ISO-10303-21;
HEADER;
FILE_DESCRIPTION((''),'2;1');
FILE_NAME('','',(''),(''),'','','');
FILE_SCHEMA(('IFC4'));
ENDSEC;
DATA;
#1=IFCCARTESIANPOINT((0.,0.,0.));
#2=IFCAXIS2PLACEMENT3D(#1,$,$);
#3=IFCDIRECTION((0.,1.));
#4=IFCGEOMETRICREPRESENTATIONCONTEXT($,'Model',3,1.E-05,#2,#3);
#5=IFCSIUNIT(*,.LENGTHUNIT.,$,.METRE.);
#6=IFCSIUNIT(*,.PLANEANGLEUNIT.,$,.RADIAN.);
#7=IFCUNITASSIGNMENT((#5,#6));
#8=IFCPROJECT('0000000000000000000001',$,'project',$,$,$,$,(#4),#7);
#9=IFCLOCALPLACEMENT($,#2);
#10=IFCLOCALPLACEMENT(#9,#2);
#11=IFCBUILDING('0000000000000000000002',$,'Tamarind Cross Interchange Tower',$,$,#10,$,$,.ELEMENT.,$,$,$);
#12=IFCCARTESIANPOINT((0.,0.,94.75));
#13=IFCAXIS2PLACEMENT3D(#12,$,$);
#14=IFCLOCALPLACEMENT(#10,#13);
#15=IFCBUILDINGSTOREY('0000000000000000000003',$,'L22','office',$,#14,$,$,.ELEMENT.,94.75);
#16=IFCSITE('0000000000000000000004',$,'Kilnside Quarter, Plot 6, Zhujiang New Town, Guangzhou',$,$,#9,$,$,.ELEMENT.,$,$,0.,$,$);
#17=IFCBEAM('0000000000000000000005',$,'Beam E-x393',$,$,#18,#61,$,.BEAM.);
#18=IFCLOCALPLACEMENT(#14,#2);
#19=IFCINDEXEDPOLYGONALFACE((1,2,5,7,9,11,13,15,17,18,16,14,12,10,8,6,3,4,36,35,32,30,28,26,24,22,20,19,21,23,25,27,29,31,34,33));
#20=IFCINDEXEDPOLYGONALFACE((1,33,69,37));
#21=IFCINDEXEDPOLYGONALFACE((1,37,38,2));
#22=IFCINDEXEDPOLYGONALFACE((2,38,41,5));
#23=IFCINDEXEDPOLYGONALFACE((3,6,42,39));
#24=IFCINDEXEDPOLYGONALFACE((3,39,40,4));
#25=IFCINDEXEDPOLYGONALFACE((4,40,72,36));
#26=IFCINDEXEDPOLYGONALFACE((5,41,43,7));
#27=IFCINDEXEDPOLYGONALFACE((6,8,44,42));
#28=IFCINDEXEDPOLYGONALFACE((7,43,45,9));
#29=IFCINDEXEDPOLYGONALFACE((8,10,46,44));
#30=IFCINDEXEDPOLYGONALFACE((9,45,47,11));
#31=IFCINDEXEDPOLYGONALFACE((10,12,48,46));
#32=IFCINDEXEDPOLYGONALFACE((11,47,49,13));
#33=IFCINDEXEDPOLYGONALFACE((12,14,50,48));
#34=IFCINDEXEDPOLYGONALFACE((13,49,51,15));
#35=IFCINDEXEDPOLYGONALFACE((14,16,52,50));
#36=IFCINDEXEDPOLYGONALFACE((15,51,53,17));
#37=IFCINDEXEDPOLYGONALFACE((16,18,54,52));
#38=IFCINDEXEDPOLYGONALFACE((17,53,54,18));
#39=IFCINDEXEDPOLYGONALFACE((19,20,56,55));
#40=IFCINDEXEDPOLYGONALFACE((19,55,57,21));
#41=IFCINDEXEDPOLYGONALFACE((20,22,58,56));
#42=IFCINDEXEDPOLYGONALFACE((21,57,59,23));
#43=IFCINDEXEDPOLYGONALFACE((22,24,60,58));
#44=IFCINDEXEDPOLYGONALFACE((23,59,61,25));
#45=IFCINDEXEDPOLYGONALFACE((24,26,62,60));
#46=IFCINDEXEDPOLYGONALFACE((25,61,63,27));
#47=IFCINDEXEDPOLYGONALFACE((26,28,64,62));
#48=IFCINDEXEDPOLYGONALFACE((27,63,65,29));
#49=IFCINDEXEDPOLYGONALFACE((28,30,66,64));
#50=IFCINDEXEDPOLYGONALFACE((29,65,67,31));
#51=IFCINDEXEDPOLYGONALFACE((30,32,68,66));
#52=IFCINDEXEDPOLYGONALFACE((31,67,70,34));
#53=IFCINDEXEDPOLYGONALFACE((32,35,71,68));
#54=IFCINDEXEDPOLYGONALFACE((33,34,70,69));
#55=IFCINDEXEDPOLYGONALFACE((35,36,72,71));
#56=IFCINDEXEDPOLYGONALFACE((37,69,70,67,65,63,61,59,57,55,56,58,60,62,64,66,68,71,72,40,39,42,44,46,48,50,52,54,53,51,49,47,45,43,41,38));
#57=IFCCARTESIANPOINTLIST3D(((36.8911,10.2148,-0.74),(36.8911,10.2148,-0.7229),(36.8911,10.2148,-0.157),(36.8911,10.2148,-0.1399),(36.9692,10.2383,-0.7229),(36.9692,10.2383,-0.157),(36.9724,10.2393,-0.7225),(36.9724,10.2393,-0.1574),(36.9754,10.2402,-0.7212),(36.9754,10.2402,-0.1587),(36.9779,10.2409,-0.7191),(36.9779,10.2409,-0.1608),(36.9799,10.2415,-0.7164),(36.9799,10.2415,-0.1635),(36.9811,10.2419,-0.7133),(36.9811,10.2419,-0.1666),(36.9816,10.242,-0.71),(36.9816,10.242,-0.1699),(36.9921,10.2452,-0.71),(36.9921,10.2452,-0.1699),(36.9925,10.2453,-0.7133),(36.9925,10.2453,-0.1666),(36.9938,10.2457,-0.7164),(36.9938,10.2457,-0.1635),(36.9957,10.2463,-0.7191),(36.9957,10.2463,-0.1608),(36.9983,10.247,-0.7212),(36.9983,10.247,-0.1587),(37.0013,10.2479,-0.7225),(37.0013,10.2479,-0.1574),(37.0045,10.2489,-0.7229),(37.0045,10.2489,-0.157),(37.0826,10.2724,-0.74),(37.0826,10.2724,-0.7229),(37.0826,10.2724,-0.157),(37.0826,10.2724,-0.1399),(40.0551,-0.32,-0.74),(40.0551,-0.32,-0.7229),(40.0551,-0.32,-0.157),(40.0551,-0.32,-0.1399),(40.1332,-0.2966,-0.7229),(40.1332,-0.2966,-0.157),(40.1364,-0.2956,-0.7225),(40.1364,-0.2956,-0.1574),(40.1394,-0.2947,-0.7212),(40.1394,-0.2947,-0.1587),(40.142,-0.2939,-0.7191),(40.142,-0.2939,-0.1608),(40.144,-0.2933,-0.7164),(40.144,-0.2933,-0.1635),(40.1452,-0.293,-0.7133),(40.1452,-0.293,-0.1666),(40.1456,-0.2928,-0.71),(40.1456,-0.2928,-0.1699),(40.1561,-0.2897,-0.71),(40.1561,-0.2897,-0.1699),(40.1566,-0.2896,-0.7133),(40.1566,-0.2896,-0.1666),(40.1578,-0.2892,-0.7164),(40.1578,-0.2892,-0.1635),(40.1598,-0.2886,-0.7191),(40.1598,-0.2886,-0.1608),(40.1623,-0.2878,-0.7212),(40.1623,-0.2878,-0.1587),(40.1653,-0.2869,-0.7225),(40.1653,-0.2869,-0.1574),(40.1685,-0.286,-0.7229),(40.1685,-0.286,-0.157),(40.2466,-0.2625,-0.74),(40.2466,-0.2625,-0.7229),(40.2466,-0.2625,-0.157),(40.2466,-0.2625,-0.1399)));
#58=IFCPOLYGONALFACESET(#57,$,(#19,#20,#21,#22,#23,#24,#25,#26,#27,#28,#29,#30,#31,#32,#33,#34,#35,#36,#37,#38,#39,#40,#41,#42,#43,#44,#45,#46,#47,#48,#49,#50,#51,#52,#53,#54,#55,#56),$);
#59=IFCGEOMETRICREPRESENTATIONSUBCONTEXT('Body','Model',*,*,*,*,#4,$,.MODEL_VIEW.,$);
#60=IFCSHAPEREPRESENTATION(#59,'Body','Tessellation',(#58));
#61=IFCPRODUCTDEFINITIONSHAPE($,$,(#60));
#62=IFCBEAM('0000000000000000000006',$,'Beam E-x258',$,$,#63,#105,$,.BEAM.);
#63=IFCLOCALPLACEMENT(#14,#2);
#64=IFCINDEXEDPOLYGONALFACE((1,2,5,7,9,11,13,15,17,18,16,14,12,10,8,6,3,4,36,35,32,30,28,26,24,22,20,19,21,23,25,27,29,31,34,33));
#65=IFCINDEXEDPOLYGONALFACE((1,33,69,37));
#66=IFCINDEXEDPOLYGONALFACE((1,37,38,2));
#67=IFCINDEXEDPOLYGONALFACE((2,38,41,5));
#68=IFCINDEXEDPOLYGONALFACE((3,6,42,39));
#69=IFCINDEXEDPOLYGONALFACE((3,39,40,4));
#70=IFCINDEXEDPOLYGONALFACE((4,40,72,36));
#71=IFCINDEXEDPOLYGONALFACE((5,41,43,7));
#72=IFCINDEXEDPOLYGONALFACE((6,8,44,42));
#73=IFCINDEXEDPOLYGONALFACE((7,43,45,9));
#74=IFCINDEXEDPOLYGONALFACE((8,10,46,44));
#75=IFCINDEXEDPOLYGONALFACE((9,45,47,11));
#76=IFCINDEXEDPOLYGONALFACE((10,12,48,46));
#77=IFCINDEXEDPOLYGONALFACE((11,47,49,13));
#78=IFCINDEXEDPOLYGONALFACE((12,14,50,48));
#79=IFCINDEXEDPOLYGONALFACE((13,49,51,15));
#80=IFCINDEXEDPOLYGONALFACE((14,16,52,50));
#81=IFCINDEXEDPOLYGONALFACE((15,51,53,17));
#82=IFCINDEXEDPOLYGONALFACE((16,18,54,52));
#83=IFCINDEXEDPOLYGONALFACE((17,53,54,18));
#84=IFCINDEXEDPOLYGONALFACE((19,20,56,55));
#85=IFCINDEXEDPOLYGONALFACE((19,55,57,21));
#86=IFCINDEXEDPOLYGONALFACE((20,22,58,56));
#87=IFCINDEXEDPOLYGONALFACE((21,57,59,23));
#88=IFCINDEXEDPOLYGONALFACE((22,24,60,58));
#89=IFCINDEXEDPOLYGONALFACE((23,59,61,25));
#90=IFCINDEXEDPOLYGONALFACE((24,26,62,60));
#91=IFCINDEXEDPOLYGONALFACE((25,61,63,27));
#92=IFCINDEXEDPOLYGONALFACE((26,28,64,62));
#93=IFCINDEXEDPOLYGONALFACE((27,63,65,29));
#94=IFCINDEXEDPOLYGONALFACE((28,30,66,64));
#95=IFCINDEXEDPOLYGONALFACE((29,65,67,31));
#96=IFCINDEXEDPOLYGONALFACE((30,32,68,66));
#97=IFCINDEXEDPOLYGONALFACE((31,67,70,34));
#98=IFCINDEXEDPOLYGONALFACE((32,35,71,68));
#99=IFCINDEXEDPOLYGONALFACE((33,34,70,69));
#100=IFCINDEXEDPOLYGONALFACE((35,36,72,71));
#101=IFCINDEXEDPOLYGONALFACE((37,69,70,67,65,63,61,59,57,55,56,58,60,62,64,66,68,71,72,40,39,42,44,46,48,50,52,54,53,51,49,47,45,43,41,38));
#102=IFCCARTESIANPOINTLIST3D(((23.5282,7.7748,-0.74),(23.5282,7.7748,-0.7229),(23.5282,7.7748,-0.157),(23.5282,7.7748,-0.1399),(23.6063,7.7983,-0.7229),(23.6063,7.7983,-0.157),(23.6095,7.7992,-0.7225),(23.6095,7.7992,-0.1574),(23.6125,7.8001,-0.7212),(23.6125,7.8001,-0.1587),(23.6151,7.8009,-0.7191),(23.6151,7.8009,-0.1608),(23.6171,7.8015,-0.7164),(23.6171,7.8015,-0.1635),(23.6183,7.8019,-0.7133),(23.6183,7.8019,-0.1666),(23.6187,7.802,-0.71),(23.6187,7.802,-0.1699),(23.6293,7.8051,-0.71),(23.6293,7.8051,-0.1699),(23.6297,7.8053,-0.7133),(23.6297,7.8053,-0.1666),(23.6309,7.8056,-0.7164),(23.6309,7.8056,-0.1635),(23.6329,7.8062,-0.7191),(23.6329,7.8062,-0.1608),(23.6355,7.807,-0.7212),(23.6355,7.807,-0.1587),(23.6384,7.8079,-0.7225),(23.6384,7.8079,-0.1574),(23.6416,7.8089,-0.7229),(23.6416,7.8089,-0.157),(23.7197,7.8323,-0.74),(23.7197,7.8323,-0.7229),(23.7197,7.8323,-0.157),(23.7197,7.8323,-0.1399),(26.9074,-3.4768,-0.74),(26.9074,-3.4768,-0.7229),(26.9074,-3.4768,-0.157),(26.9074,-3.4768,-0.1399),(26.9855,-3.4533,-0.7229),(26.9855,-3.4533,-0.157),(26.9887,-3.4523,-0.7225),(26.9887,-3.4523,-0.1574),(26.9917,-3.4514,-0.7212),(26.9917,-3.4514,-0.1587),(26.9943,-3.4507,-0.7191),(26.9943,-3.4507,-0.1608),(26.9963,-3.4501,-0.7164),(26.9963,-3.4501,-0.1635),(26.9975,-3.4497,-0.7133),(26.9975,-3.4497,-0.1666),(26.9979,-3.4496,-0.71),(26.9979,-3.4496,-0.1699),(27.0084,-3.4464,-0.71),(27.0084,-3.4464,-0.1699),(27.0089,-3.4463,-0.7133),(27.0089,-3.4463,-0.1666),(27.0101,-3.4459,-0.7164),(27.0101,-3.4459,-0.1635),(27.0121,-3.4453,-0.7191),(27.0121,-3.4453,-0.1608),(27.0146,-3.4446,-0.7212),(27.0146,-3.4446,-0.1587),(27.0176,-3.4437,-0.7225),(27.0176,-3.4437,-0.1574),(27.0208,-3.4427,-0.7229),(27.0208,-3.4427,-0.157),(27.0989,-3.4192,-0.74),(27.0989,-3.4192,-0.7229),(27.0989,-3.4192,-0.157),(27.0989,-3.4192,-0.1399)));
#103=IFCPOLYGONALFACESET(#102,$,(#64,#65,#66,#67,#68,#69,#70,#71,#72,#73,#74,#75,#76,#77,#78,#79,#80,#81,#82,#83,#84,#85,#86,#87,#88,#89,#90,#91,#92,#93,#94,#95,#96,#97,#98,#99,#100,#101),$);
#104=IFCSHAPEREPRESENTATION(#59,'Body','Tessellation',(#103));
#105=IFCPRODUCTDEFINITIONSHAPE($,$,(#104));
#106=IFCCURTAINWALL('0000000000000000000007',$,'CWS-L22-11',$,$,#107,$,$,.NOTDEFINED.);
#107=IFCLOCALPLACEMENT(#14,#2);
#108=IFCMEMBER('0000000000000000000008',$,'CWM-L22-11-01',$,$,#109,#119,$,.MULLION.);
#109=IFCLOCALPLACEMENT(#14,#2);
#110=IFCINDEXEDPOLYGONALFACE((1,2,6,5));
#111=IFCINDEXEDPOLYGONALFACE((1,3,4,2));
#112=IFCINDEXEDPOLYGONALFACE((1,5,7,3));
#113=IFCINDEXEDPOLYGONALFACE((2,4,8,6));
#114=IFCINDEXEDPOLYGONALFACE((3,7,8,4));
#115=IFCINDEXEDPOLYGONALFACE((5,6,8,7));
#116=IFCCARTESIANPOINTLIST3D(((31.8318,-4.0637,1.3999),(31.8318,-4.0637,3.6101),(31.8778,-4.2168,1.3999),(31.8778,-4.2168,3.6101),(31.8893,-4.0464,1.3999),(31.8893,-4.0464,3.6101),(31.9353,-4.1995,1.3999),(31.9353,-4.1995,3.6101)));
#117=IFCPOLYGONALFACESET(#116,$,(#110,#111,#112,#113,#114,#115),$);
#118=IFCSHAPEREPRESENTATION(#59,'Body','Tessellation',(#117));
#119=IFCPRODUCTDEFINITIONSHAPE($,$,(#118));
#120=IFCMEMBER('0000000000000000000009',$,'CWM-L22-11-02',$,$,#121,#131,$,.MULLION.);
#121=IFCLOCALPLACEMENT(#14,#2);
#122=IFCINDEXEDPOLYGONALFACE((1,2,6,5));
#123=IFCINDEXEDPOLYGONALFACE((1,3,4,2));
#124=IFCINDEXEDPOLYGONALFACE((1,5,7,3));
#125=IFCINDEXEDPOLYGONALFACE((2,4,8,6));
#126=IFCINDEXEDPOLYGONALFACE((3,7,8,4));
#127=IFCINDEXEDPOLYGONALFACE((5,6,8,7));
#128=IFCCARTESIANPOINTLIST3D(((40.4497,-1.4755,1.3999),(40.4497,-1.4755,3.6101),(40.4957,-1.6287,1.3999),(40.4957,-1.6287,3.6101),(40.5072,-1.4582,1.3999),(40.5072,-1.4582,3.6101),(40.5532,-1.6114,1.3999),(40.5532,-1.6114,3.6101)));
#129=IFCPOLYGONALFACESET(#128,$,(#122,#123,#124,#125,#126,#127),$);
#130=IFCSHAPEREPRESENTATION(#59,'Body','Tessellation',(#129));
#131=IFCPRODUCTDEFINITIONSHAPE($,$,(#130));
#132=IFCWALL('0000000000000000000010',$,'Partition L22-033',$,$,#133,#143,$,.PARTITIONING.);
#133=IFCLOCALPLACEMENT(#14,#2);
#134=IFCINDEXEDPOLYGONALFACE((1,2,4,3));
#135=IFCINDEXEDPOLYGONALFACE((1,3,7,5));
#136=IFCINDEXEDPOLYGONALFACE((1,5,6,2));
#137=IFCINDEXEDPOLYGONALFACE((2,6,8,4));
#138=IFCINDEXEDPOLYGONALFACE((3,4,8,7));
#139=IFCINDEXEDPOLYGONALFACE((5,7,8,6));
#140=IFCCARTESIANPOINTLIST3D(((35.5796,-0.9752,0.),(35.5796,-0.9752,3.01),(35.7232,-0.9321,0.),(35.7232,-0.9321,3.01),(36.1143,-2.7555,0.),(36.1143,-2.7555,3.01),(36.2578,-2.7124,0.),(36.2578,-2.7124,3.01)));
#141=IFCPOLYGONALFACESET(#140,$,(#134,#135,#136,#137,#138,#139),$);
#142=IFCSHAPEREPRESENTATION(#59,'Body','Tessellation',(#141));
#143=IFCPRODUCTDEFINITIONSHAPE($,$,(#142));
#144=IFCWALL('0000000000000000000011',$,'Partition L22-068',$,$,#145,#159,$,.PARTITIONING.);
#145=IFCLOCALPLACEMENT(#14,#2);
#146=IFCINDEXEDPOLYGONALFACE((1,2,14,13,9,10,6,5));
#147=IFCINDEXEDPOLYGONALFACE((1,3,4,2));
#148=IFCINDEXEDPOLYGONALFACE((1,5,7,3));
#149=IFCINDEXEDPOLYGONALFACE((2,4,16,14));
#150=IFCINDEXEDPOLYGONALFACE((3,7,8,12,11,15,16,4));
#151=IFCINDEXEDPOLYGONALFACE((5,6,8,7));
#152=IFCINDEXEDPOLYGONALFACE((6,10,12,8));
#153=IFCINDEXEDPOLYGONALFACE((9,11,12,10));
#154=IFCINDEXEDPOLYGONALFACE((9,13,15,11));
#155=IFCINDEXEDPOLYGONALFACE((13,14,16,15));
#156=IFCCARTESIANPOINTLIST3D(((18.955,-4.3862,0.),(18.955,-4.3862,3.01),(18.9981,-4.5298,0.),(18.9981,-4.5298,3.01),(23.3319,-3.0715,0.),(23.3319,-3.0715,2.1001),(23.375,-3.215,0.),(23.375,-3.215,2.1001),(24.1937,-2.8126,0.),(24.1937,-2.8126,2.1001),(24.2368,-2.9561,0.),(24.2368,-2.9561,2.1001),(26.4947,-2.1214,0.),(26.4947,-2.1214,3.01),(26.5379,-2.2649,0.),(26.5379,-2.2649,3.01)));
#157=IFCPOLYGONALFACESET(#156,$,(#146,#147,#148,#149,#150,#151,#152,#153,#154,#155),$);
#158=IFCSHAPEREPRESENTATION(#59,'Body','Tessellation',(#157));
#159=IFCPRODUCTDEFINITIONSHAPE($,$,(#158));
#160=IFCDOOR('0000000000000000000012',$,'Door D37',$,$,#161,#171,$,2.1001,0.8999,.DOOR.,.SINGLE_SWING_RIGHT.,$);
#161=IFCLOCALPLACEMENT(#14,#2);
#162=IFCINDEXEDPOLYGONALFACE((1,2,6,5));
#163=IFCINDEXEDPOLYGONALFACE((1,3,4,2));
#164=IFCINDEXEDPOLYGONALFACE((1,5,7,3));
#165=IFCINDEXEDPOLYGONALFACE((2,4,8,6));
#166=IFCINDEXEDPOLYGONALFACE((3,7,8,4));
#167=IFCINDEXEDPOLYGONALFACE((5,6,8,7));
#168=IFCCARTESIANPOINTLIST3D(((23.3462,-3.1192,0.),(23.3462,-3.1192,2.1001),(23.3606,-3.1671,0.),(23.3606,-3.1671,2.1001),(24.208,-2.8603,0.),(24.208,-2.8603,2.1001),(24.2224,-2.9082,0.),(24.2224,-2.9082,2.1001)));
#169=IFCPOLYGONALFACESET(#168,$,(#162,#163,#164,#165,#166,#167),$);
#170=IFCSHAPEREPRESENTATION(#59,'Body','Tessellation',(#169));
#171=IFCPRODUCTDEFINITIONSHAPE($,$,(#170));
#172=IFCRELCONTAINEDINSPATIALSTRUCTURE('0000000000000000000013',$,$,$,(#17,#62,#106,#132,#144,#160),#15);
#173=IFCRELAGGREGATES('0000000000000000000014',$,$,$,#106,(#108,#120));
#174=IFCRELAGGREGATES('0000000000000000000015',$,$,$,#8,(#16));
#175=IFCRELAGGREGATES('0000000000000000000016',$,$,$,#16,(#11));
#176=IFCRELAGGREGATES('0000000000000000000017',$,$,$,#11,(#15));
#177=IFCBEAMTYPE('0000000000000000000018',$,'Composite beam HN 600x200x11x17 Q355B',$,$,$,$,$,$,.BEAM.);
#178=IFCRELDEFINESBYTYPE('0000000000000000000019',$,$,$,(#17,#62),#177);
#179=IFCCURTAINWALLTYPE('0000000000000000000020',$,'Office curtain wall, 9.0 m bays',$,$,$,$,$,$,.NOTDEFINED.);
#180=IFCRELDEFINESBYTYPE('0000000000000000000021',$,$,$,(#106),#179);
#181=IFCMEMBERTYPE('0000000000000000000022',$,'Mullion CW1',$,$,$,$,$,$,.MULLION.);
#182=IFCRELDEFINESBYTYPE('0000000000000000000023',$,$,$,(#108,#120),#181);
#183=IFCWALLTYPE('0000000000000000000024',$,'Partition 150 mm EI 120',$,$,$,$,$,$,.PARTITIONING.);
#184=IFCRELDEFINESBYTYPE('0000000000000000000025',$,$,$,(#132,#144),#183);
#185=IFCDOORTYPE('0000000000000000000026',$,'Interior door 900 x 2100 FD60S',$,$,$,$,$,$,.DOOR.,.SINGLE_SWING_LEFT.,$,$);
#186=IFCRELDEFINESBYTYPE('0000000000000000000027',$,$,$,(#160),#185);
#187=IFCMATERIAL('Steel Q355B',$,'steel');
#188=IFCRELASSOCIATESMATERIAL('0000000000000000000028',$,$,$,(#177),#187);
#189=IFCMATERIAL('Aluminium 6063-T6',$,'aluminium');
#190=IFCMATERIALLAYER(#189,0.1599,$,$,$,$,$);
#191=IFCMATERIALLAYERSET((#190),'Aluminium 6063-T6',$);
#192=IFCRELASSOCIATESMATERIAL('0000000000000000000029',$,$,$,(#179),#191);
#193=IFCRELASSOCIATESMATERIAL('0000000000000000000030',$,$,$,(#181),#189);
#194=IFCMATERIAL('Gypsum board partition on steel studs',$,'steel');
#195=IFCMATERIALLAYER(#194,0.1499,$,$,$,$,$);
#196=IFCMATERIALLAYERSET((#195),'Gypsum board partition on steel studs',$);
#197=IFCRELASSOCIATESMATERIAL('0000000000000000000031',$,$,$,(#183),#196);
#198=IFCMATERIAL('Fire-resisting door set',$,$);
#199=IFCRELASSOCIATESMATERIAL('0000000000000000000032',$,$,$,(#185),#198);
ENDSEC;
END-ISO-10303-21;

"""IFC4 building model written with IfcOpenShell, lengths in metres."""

from ifc_helpers import new_model, si_unit, direction, frame, frame_2d, origin, origin_2d, place, context, subcontext, project, spatial, rectangle, i_section, extrude, material, layer, layer_set, material_profile, profile_set, type_object, element, fill, aggregate, save


model = new_model("IFC4")

# Units and contexts
model_context = context("Model", 3, precision=1e-05, world=origin(), true_north=direction((0.0, 1.0)))
body_context = subcontext(model_context, "Body", "Model", "MODEL_VIEW")
ifc_project = project(units=[si_unit("LENGTHUNIT", "METRE"), si_unit("PLANEANGLEUNIT", "RADIAN")], contexts=[model_context])

# Site, building, storey
site_placement = place(None, origin())
site = spatial("IfcSite", under=ifc_project, at=site_placement, Name="Kilnside Quarter, Plot 6, Zhujiang New Town, Guangzhou", CompositionType="ELEMENT", RefElevation=0.0)
building_placement = place(site_placement, origin())
building = spatial("IfcBuilding", under=site, at=building_placement, Name="Tamarind Cross Interchange Tower", CompositionType="ELEMENT")
storey_placement = place(building_placement, frame((0.0, 0.0, 94.75)))
storey = spatial("IfcBuildingStorey", under=building, at=storey_placement, Name="L22", Description="office", CompositionType="ELEMENT", Elevation=94.75)

# Beams
ifc_material_1 = material(Name="Steel Q355B", Category="steel")
ifc_material_profile_1 = material_profile(ifc_material_1, i_section(OverallWidth=0.2, OverallDepth=0.6001, WebThickness=0.011, FlangeThickness=0.0171, FilletRadius=0.0129, at=origin_2d()), Name="HN 600x200x11x17")
ifc_profile_set_1 = profile_set([ifc_material_profile_1], Name="Steel Q355B")
beam_type_1 = type_object("IfcBeamType", Name="Composite beam HN 600x200x11x17 Q355B", PredefinedType="BEAM", material=ifc_profile_set_1)
beam_1_placement = place(storey_placement, frame((40.1509, -0.2913, -0.4399), z_axis=(-0.287647, 0.957736, 0.0), x_axis=(-0.957736, -0.287647, 0.0)))
element("IfcBeam", 1, at=beam_1_placement, inside=storey, type_object=beam_type_1, Name="Beam E-x393", PredefinedType="BEAM", context=body_context, shape_type="SweptSolid", body=[
    extrude(i_section(OverallWidth=0.2, OverallDepth=0.6001, WebThickness=0.011, FlangeThickness=0.0171, FilletRadius=0.0129, at=origin_2d()), origin(), (0.0, 0.0, 1.0), 10.9998),
])
beam_2_placement = place(storey_placement, frame((27.0032, -3.448, -0.4399), z_axis=(-0.287638, 0.957739, 0.0), x_axis=(-0.957739, -0.287638, 0.0)))
element("IfcBeam", 2, at=beam_2_placement, inside=storey, type_object=beam_type_1, Name="Beam E-x258", PredefinedType="BEAM", context=body_context, shape_type="SweptSolid", body=[
    extrude(i_section(OverallWidth=0.2, OverallDepth=0.6001, WebThickness=0.011, FlangeThickness=0.0171, FilletRadius=0.0129, at=origin_2d()), origin(), (0.0, 0.0, 1.0), 11.748),
])

# Curtain wall, members
ifc_material_2 = material(Name="Aluminium 6063-T6", Category="aluminium")
ifc_layer_1 = layer(ifc_material_2, 0.1599)
ifc_layer_set_1 = layer_set([ifc_layer_1], Name="Aluminium 6063-T6")
curtain_wall_type = type_object("IfcCurtainWallType", Name="Office curtain wall, 9.0 m bays", PredefinedType="NOTDEFINED", material=ifc_layer_set_1)
curtain_wall_placement = place(storey_placement, origin())
curtain_wall = element("IfcCurtainWall", 3, at=curtain_wall_placement, inside=storey, type_object=curtain_wall_type, Name="CWS-L22-11", PredefinedType="NOTDEFINED")
ifc_material_profile_2 = material_profile(ifc_material_2, rectangle(XDim=0.0601, YDim=0.1599, at=origin_2d()), Name="Mullion CW1")
ifc_profile_set_2 = profile_set([ifc_material_profile_2], Name="Aluminium 6063-T6")
member_type = type_object("IfcMemberType", Name="Mullion CW1", PredefinedType="MULLION", material=ifc_profile_set_2)
member_1_placement = place(storey_placement, frame((31.8835, -4.1316, 1.3999), z_axis=(0.0, 0.0, 1.0), x_axis=(0.957738, 0.287641, 0.0)))
member_1 = element("IfcMember", 4, at=member_1_placement, type_object=member_type, Name="CWM-L22-11-01", PredefinedType="MULLION", context=body_context, shape_type="SweptSolid", body=[
    extrude(rectangle(XDim=0.0601, YDim=0.1599, at=origin_2d()), origin(), (0.0, 0.0, 1.0), 2.2102),
])
member_2_placement = place(storey_placement, frame((40.5015, -1.5435, 1.3999), z_axis=(0.0, 0.0, 1.0), x_axis=(0.957738, 0.287641, 0.0)))
member_2 = element("IfcMember", 5, at=member_2_placement, type_object=member_type, Name="CWM-L22-11-02", PredefinedType="MULLION", context=body_context, shape_type="SweptSolid", body=[
    extrude(rectangle(XDim=0.0601, YDim=0.1599, at=origin_2d()), origin(), (0.0, 0.0, 1.0), 2.2102),
])
aggregate(curtain_wall, [member_1, member_2])

# Wall
ifc_material_3 = material(Name="Gypsum board partition on steel studs", Category="steel")
ifc_layer_2 = layer(ifc_material_3, 0.1499)
ifc_layer_set_2 = layer_set([ifc_layer_2], Name="Gypsum board partition on steel studs")
wall_type_1 = type_object("IfcWallType", Name="Partition 150 mm EI 120", PredefinedType="PARTITIONING", material=ifc_layer_set_2)
wall_1_placement = place(storey_placement, frame((35.6514, -0.9536, 0.0), z_axis=(0.0, 0.0, 1.0), x_axis=(0.287637, -0.957739, 0.0)))
element("IfcWall", 6, at=wall_1_placement, inside=storey, type_object=wall_type_1, Name="Partition L22-033", PredefinedType="PARTITIONING", context=body_context, shape_type="SweptSolid", body=[
    extrude(rectangle(XDim=1.8589, YDim=0.1499, at=frame_2d((0.9294, 0.0))), origin(), (0.0, 0.0, 1.0), 3.01),
])

# Wall, opening, door
wall_2_placement = place(storey_placement, frame((18.9766, -4.458, 0.0), z_axis=(0.0, 0.0, 1.0), x_axis=(0.957723, 0.287692, 0.0)))
wall_2 = element("IfcWall", 7, at=wall_2_placement, inside=storey, type_object=wall_type_1, Name="Partition L22-068", PredefinedType="PARTITIONING", context=body_context, shape_type="SweptSolid", body=[
    extrude(rectangle(XDim=7.8726, YDim=0.1499, at=frame_2d((3.9363, 0.0))), origin(), (0.0, 0.0, 1.0), 3.01),
])
opening_1_placement = place(wall_2_placement, frame((4.5701, 0.0, 0.0)))
opening_1 = element("IfcOpeningElement", 8, at=opening_1_placement, cuts=wall_2, PredefinedType="OPENING", context=body_context, shape_type="SweptSolid", body=[
    extrude(rectangle(XDim=0.8999, YDim=2.1001, at=frame_2d((0.45, 1.05))), frame((0.0, 0.085, 0.0), z_axis=(0.0, -1.0, 0.0), x_axis=(1.0, 0.0, 0.0)), (0.0, 0.0, 1.0), 0.1699),
])
ifc_material_4 = material(Name="Fire-resisting door set")
door_type = type_object("IfcDoorType", Name="Interior door 900 x 2100 FD60S", OperationType="SINGLE_SWING_LEFT", PredefinedType="DOOR", material=ifc_material_4)
door_1_placement = place(opening_1_placement, frame((0.8999, 0.0, 0.0), z_axis=(0.0, 0.0, 1.0), x_axis=(-1.0, 0.0, 0.0)))
door_1 = element("IfcDoor", 9, at=door_1_placement, inside=storey, type_object=door_type, Name="Door D37", OperationType="SINGLE_SWING_RIGHT", OverallHeight=2.1001, OverallWidth=0.8999, PredefinedType="DOOR", context=body_context, shape_type="SweptSolid", body=[
    extrude(rectangle(XDim=0.8999, YDim=2.1001, at=frame_2d((0.45, 1.05))), frame((0.0, 0.0249, 0.0), z_axis=(0.0, -1.0, 0.0), x_axis=(1.0, 0.0, 0.0)), (0.0, 0.0, 1.0), 0.05),
])
fill(opening_1, door_1)

save(model, "model.ifc")
